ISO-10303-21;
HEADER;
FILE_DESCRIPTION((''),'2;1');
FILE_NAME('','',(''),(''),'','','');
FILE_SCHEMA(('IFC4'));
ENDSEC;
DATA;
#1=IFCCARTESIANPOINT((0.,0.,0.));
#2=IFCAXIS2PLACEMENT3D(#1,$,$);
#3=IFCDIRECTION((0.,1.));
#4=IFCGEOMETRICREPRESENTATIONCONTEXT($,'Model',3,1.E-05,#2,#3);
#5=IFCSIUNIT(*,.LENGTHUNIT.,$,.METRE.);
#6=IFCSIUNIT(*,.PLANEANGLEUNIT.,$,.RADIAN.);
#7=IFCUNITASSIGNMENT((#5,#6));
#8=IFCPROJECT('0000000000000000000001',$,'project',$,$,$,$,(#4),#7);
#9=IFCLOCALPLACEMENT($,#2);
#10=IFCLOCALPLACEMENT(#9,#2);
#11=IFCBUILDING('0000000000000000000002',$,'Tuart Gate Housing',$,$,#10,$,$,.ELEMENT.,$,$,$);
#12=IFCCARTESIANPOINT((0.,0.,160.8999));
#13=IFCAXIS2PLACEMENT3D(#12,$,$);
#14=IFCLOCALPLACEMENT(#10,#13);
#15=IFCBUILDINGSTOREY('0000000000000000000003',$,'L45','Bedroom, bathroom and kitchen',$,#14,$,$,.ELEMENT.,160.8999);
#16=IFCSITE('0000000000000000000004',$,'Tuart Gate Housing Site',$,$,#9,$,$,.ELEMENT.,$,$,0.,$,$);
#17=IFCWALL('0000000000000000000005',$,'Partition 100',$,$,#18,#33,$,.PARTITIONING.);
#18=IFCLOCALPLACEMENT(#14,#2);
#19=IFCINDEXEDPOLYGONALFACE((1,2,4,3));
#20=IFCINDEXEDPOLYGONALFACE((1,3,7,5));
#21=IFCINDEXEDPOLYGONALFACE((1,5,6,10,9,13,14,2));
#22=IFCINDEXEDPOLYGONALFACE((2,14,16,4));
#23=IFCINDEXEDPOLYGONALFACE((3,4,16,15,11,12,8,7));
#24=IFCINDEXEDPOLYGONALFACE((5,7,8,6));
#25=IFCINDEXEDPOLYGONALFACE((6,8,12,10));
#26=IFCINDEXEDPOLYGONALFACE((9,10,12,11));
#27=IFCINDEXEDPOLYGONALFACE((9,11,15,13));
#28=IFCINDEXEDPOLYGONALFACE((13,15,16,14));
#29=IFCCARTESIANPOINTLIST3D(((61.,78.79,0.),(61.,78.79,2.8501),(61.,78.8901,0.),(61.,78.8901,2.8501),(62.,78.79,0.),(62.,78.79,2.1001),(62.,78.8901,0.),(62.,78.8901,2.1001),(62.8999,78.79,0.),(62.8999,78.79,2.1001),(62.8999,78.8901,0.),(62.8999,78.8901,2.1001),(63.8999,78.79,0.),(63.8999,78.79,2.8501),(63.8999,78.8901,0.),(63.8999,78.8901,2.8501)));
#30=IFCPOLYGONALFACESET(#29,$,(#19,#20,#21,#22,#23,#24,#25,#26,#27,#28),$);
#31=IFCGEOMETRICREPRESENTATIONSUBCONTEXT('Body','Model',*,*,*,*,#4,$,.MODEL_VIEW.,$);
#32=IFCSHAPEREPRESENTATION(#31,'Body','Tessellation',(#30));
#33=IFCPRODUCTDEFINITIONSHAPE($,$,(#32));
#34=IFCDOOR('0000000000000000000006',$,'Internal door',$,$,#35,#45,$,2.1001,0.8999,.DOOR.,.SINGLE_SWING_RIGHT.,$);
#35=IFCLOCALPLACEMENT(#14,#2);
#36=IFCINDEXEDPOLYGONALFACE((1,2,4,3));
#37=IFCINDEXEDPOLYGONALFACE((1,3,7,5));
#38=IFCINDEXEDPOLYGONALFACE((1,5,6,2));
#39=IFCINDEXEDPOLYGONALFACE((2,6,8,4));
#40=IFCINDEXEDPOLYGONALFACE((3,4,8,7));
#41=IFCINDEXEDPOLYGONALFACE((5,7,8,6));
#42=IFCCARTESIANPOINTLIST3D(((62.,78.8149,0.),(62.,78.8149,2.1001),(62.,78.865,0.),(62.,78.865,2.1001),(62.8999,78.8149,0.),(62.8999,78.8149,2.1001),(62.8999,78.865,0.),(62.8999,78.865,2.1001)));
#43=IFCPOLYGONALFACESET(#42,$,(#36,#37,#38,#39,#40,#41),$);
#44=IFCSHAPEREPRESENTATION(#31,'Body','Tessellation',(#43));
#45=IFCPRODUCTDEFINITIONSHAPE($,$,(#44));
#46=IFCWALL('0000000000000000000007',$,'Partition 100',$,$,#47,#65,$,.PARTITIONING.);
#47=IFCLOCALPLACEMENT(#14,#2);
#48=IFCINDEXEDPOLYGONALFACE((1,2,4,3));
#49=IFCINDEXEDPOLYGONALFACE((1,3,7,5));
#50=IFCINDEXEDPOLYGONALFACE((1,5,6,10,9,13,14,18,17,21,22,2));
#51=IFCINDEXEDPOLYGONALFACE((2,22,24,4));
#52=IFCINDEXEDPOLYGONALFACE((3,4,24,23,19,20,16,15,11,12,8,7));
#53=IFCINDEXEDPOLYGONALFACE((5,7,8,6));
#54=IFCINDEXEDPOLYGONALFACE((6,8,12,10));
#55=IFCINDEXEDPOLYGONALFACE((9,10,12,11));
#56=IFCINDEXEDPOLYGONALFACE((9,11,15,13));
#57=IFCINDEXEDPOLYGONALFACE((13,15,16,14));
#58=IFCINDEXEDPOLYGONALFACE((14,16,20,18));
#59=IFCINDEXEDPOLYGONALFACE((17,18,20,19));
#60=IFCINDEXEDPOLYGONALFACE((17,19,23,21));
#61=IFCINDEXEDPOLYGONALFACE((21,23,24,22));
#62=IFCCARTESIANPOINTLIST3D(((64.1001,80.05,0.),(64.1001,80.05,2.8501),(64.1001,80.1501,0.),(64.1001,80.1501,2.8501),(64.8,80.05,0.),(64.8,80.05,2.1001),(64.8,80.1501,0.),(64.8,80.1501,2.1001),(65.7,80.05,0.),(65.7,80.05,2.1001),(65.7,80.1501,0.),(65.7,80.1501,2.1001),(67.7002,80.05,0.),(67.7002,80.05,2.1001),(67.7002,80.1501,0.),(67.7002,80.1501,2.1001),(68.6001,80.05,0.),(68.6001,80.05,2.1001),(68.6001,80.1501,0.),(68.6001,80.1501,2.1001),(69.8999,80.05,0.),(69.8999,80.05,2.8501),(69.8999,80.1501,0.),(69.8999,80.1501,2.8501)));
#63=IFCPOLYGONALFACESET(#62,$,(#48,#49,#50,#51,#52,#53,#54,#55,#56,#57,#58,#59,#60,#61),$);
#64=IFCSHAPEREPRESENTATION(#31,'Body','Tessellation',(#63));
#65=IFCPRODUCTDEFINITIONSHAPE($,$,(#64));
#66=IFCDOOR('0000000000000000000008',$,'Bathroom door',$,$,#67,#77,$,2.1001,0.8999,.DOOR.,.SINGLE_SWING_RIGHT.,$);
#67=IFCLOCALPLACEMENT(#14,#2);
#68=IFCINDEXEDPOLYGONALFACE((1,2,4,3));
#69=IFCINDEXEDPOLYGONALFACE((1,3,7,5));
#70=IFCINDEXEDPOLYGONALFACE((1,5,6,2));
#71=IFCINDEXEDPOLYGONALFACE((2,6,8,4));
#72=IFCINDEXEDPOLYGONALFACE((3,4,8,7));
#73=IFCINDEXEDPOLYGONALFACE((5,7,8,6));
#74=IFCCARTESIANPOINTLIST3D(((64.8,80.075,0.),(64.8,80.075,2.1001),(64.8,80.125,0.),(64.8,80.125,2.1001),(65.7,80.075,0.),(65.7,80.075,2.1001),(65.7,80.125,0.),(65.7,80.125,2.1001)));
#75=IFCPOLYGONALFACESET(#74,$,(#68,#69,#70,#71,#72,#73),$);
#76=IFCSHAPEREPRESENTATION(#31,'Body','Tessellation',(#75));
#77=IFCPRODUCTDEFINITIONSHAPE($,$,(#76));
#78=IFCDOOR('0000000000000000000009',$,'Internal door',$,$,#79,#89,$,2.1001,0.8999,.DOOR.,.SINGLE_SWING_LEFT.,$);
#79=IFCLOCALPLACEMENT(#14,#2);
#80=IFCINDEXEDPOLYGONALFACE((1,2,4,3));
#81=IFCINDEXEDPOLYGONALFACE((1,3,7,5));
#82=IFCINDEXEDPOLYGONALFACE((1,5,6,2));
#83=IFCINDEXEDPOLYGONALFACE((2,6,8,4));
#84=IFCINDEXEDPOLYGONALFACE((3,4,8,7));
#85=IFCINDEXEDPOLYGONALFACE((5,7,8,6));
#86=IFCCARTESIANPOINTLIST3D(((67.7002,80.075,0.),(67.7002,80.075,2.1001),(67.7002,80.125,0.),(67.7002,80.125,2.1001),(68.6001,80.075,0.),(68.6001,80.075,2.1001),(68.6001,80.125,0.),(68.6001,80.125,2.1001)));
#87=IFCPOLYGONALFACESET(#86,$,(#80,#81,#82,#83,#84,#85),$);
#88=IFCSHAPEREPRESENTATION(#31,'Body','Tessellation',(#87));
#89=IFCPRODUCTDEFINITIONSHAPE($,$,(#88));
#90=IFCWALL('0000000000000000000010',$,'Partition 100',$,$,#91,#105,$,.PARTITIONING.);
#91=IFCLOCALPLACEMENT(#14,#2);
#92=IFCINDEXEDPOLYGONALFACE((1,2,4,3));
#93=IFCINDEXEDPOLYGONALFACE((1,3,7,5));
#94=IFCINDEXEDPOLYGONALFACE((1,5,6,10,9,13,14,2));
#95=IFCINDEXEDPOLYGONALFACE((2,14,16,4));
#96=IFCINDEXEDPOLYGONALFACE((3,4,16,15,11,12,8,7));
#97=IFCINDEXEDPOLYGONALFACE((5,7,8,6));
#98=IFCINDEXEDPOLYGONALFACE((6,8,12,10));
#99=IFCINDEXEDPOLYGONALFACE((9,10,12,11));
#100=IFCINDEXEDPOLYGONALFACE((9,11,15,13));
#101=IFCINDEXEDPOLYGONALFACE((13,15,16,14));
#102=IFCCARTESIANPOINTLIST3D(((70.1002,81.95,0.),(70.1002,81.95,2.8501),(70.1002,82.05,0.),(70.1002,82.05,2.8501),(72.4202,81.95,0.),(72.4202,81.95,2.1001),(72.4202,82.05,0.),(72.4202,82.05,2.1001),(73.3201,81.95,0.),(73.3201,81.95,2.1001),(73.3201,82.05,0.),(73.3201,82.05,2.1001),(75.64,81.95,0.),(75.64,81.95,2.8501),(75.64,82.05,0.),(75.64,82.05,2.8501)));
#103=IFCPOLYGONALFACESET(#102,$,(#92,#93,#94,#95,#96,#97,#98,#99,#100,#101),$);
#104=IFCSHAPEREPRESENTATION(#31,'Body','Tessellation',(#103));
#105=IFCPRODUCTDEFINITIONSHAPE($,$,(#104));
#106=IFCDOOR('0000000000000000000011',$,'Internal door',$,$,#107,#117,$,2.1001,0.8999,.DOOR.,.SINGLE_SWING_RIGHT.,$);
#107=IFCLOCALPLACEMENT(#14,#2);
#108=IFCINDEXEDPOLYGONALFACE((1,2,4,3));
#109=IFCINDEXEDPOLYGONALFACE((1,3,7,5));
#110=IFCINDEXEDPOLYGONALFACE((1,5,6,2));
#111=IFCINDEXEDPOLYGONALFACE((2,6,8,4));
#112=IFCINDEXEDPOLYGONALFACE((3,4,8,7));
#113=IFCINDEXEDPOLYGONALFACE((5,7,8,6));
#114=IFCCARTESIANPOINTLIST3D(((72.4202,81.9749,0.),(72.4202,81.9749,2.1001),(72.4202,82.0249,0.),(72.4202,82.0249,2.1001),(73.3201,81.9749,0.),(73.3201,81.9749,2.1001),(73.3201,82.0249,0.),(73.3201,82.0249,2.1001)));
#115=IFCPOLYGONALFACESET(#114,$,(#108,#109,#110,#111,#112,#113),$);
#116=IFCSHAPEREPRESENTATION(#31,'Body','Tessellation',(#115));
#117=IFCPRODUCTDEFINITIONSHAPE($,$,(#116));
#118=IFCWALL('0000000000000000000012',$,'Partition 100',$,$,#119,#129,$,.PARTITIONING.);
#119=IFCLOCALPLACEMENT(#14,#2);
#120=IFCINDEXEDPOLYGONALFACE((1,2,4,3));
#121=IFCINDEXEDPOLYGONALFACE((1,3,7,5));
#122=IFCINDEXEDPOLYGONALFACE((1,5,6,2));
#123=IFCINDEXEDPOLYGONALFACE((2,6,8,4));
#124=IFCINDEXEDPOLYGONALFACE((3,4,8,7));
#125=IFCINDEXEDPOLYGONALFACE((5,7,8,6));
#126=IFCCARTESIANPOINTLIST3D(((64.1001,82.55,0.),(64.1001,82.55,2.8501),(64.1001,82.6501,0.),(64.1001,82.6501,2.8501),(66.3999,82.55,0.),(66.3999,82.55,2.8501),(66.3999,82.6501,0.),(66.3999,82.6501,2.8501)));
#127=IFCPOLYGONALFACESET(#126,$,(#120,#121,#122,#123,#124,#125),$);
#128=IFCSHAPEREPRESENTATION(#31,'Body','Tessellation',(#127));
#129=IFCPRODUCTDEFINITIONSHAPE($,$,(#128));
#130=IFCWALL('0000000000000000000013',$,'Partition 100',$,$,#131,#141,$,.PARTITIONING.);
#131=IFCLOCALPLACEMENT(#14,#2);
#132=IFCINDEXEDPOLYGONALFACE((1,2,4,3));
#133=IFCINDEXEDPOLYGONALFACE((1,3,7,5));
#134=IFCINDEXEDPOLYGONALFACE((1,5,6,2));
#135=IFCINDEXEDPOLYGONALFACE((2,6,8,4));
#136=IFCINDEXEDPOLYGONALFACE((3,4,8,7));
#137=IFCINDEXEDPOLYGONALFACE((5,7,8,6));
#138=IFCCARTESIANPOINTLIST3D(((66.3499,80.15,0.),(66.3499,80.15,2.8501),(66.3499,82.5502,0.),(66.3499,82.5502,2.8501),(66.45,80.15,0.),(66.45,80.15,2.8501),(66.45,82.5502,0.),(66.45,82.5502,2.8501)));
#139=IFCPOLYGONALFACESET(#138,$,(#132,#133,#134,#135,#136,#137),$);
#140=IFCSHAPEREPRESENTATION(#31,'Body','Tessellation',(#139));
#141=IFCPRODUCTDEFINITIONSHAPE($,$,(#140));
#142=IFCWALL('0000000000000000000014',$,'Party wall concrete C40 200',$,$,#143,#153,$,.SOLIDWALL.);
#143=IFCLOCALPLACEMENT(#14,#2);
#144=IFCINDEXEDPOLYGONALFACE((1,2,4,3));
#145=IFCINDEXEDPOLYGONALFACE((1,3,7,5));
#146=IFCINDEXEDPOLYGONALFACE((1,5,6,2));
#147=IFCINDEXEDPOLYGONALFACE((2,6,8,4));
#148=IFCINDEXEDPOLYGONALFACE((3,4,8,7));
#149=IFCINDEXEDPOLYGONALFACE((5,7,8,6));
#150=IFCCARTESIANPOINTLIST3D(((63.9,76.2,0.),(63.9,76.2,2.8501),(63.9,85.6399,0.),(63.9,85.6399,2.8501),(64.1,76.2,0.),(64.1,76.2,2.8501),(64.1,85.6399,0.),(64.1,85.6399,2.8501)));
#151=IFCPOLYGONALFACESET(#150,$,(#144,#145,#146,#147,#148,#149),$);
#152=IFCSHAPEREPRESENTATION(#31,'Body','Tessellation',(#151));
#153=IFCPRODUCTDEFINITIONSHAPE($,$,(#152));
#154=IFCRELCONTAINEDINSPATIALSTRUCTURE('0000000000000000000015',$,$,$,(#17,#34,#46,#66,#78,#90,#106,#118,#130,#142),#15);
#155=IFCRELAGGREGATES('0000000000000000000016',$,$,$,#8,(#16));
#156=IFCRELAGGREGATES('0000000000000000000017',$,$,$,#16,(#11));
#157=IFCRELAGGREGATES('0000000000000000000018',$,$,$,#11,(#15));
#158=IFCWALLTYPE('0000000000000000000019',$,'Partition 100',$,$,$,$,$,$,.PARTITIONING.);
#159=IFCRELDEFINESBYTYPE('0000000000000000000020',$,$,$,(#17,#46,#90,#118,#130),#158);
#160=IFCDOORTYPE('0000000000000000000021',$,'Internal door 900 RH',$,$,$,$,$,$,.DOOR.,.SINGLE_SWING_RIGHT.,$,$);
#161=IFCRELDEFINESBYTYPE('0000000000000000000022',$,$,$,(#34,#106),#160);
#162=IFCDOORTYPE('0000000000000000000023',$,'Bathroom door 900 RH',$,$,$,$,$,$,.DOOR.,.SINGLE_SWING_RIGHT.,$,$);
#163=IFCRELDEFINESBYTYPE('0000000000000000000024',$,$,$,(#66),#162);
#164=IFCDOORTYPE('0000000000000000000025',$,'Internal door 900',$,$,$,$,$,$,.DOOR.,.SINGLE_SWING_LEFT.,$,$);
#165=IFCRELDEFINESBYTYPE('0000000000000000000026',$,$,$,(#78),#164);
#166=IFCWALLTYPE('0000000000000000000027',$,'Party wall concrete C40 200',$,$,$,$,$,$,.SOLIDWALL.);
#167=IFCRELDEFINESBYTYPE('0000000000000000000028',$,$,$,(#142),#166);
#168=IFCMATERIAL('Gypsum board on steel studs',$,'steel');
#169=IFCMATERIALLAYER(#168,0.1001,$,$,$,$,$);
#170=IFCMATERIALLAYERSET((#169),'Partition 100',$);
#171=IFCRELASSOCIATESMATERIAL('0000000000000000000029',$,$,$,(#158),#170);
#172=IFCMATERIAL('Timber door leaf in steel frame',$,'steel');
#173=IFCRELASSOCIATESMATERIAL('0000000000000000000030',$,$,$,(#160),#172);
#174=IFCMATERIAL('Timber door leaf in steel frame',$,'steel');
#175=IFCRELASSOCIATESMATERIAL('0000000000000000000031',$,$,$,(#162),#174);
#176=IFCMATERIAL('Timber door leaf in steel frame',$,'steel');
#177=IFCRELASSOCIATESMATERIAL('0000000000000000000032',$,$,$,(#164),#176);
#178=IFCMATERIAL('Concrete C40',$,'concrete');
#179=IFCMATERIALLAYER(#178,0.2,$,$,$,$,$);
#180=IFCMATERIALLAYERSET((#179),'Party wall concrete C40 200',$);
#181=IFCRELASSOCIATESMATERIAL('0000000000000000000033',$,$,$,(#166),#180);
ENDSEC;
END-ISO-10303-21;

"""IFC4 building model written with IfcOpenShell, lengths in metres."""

from ifc_helpers import new_model, si_unit, direction, frame, frame_2d, origin, place, context, subcontext, project, spatial, rectangle, extrude, material, layer, layer_set, type_object, element, fill, save


model = new_model("IFC4")

# Units and contexts
model_context = context("Model", 3, precision=1e-05, world=origin(), true_north=direction((0.0, 1.0)))
body_context = subcontext(model_context, "Body", "Model", "MODEL_VIEW")
ifc_project = project(units=[si_unit("LENGTHUNIT", "METRE"), si_unit("PLANEANGLEUNIT", "RADIAN")], contexts=[model_context])

# Site, building, storey
site_placement = place(None, origin())
site = spatial("IfcSite", under=ifc_project, at=site_placement, Name="Tuart Gate Housing Site", CompositionType="ELEMENT", RefElevation=0.0)
building_placement = place(site_placement, origin())
building = spatial("IfcBuilding", under=site, at=building_placement, Name="Tuart Gate Housing", CompositionType="ELEMENT")
storey_placement = place(building_placement, frame((0.0, 0.0, 160.8999)))
storey = spatial("IfcBuildingStorey", under=building, at=storey_placement, Name="L45", Description="Bedroom, bathroom and kitchen", CompositionType="ELEMENT", Elevation=160.8999)

# Wall, opening, door
ifc_material_1 = material(Name="Gypsum board on steel studs", Category="steel")
ifc_layer_1 = layer(ifc_material_1, 0.1001)
ifc_layer_set_1 = layer_set([ifc_layer_1], Name="Partition 100")
wall_type_1 = type_object("IfcWallType", Name="Partition 100", PredefinedType="PARTITIONING", material=ifc_layer_set_1)
wall_1_placement = place(storey_placement, frame((61.0, 78.8401, 0.0), z_axis=(0.0, 0.0, 1.0), x_axis=(1.0, 0.0, 0.0)))
wall_1 = element("IfcWall", 1, at=wall_1_placement, inside=storey, type_object=wall_type_1, Name="Partition 100", PredefinedType="PARTITIONING", context=body_context, shape_type="SweptSolid", body=[
    extrude(rectangle(XDim=2.8999, YDim=0.1001, at=frame_2d((1.45, 0.0))), origin(), (0.0, 0.0, 1.0), 2.8501),
])
opening_1_placement = place(wall_1_placement, frame((1.0, 0.0, 0.0)))
opening_1 = element("IfcOpeningElement", 2, at=opening_1_placement, cuts=wall_1, PredefinedType="OPENING", context=body_context, shape_type="SweptSolid", body=[
    extrude(rectangle(XDim=0.8999, YDim=2.1001, at=frame_2d((0.45, 1.05))), frame((0.0, 0.0601, 0.0), z_axis=(0.0, -1.0, 0.0), x_axis=(1.0, 0.0, 0.0)), (0.0, 0.0, 1.0), 0.1201),
])
ifc_material_2 = material(Name="Timber door leaf in steel frame", Category="steel")
door_type_1 = type_object("IfcDoorType", Name="Internal door 900 RH", OperationType="SINGLE_SWING_RIGHT", PredefinedType="DOOR", material=ifc_material_2)
door_1_placement = place(opening_1_placement, frame((0.8999, 0.0, 0.0), z_axis=(0.0, 0.0, 1.0), x_axis=(-1.0, 0.0, 0.0)))
door_1 = element("IfcDoor", 3, at=door_1_placement, inside=storey, type_object=door_type_1, Name="Internal door", OperationType="SINGLE_SWING_RIGHT", OverallHeight=2.1001, OverallWidth=0.8999, PredefinedType="DOOR", context=body_context, shape_type="SweptSolid", body=[
    extrude(rectangle(XDim=0.8999, YDim=2.1001, at=frame_2d((0.45, 1.05))), frame((0.0, 0.0251, 0.0), z_axis=(0.0, -1.0, 0.0), x_axis=(1.0, 0.0, 0.0)), (0.0, 0.0, 1.0), 0.05),
])
fill(opening_1, door_1)

# Wall, openings, doors
wall_2_placement = place(storey_placement, frame((64.1001, 80.1001, 0.0), z_axis=(0.0, 0.0, 1.0), x_axis=(1.0, 0.0, 0.0)))
wall_2 = element("IfcWall", 4, at=wall_2_placement, inside=storey, type_object=wall_type_1, Name="Partition 100", PredefinedType="PARTITIONING", context=body_context, shape_type="SweptSolid", body=[
    extrude(rectangle(XDim=5.7998, YDim=0.1001, at=frame_2d((2.8999, 0.0))), origin(), (0.0, 0.0, 1.0), 2.8501),
])
opening_2_placement = place(wall_2_placement, frame((3.6001, 0.0, 0.0)))
opening_2 = element("IfcOpeningElement", 5, at=opening_2_placement, cuts=wall_2, PredefinedType="OPENING", context=body_context, shape_type="SweptSolid", body=[
    extrude(rectangle(XDim=0.8999, YDim=2.1001, at=frame_2d((0.45, 1.05))), frame((0.0, 0.0601, 0.0), z_axis=(0.0, -1.0, 0.0), x_axis=(1.0, 0.0, 0.0)), (0.0, 0.0, 1.0), 0.1201),
])
opening_3_placement = place(wall_2_placement, frame((0.7, 0.0, 0.0)))
opening_3 = element("IfcOpeningElement", 6, at=opening_3_placement, cuts=wall_2, PredefinedType="OPENING", context=body_context, shape_type="SweptSolid", body=[
    extrude(rectangle(XDim=0.8999, YDim=2.1001, at=frame_2d((0.45, 1.05))), frame((0.0, 0.0601, 0.0), z_axis=(0.0, -1.0, 0.0), x_axis=(1.0, 0.0, 0.0)), (0.0, 0.0, 1.0), 0.1201),
])
ifc_material_3 = material(Name="Timber door leaf in steel frame", Category="steel")
door_type_2 = type_object("IfcDoorType", Name="Bathroom door 900 RH", OperationType="SINGLE_SWING_RIGHT", PredefinedType="DOOR", material=ifc_material_3)
door_2_placement = place(opening_3_placement, origin())
door_2 = element("IfcDoor", 7, at=door_2_placement, inside=storey, type_object=door_type_2, Name="Bathroom door", OperationType="SINGLE_SWING_RIGHT", OverallHeight=2.1001, OverallWidth=0.8999, PredefinedType="DOOR", context=body_context, shape_type="SweptSolid", body=[
    extrude(rectangle(XDim=0.8999, YDim=2.1001, at=frame_2d((0.45, 1.05))), frame((0.0, 0.0249, 0.0), z_axis=(0.0, -1.0, 0.0), x_axis=(1.0, 0.0, 0.0)), (0.0, 0.0, 1.0), 0.05),
])
fill(opening_3, door_2)
ifc_material_4 = material(Name="Timber door leaf in steel frame", Category="steel")
door_type_3 = type_object("IfcDoorType", Name="Internal door 900", OperationType="SINGLE_SWING_LEFT", PredefinedType="DOOR", material=ifc_material_4)
door_3_placement = place(opening_2_placement, origin())
door_3 = element("IfcDoor", 8, at=door_3_placement, inside=storey, type_object=door_type_3, Name="Internal door", OperationType="SINGLE_SWING_LEFT", OverallHeight=2.1001, OverallWidth=0.8999, PredefinedType="DOOR", context=body_context, shape_type="SweptSolid", body=[
    extrude(rectangle(XDim=0.8999, YDim=2.1001, at=frame_2d((0.45, 1.05))), frame((0.0, 0.0249, 0.0), z_axis=(0.0, -1.0, 0.0), x_axis=(1.0, 0.0, 0.0)), (0.0, 0.0, 1.0), 0.05),
])
fill(opening_2, door_3)

# Wall, opening, door
wall_3_placement = place(storey_placement, frame((70.1001, 82.0, 0.0), z_axis=(0.0, 0.0, 1.0), x_axis=(1.0, 0.0, 0.0)))
wall_3 = element("IfcWall", 9, at=wall_3_placement, inside=storey, type_object=wall_type_1, Name="Partition 100", PredefinedType="PARTITIONING", context=body_context, shape_type="SweptSolid", body=[
    extrude(rectangle(XDim=5.5398, YDim=0.1001, at=frame_2d((2.77, 0.0))), origin(), (0.0, 0.0, 1.0), 2.8501),
])
opening_4_placement = place(wall_3_placement, frame((2.3201, 0.0, 0.0)))
opening_4 = element("IfcOpeningElement", 10, at=opening_4_placement, cuts=wall_3, PredefinedType="OPENING", context=body_context, shape_type="SweptSolid", body=[
    extrude(rectangle(XDim=0.8999, YDim=2.1001, at=frame_2d((0.45, 1.05))), frame((0.0, 0.0601, 0.0), z_axis=(0.0, -1.0, 0.0), x_axis=(1.0, 0.0, 0.0)), (0.0, 0.0, 1.0), 0.1201),
])
door_4_placement = place(opening_4_placement, origin())
door_4 = element("IfcDoor", 11, at=door_4_placement, inside=storey, type_object=door_type_1, Name="Internal door", OperationType="SINGLE_SWING_RIGHT", OverallHeight=2.1001, OverallWidth=0.8999, PredefinedType="DOOR", context=body_context, shape_type="SweptSolid", body=[
    extrude(rectangle(XDim=0.8999, YDim=2.1001, at=frame_2d((0.45, 1.05))), frame((0.0, 0.0249, 0.0), z_axis=(0.0, -1.0, 0.0), x_axis=(1.0, 0.0, 0.0)), (0.0, 0.0, 1.0), 0.05),
])
fill(opening_4, door_4)

# Walls
wall_4_placement = place(storey_placement, frame((64.1001, 82.6001, 0.0), z_axis=(0.0, 0.0, 1.0), x_axis=(1.0, 0.0, 0.0)))
element("IfcWall", 12, at=wall_4_placement, inside=storey, type_object=wall_type_1, Name="Partition 100", PredefinedType="PARTITIONING", context=body_context, shape_type="SweptSolid", body=[
    extrude(rectangle(XDim=2.2998, YDim=0.1001, at=frame_2d((1.1499, 0.0))), origin(), (0.0, 0.0, 1.0), 2.8501),
])
wall_5_placement = place(storey_placement, frame((66.3999, 80.1499, 0.0), z_axis=(0.0, 0.0, 1.0), x_axis=(0.0, 1.0, 0.0)))
element("IfcWall", 13, at=wall_5_placement, inside=storey, type_object=wall_type_1, Name="Partition 100", PredefinedType="PARTITIONING", context=body_context, shape_type="SweptSolid", body=[
    extrude(rectangle(XDim=2.4001, YDim=0.1001, at=frame_2d((1.2002, 0.0))), origin(), (0.0, 0.0, 1.0), 2.8501),
])
ifc_material_5 = material(Name="Concrete C40", Category="concrete")
ifc_layer_2 = layer(ifc_material_5, 0.2)
ifc_layer_set_2 = layer_set([ifc_layer_2], Name="Party wall concrete C40 200")
wall_type_2 = type_object("IfcWallType", Name="Party wall concrete C40 200", PredefinedType="SOLIDWALL", material=ifc_layer_set_2)
wall_6_placement = place(storey_placement, frame((64.0, 76.2, 0.0), z_axis=(0.0, 0.0, 1.0), x_axis=(0.0, 1.0, 0.0)))
element("IfcWall", 14, at=wall_6_placement, inside=storey, type_object=wall_type_2, Name="Party wall concrete C40 200", PredefinedType="SOLIDWALL", context=body_context, shape_type="SweptSolid", body=[
    extrude(rectangle(XDim=9.4399, YDim=0.2, at=frame_2d((4.72, 0.0))), origin(), (0.0, 0.0, 1.0), 2.8501),
])

save(model, "model.ifc")
